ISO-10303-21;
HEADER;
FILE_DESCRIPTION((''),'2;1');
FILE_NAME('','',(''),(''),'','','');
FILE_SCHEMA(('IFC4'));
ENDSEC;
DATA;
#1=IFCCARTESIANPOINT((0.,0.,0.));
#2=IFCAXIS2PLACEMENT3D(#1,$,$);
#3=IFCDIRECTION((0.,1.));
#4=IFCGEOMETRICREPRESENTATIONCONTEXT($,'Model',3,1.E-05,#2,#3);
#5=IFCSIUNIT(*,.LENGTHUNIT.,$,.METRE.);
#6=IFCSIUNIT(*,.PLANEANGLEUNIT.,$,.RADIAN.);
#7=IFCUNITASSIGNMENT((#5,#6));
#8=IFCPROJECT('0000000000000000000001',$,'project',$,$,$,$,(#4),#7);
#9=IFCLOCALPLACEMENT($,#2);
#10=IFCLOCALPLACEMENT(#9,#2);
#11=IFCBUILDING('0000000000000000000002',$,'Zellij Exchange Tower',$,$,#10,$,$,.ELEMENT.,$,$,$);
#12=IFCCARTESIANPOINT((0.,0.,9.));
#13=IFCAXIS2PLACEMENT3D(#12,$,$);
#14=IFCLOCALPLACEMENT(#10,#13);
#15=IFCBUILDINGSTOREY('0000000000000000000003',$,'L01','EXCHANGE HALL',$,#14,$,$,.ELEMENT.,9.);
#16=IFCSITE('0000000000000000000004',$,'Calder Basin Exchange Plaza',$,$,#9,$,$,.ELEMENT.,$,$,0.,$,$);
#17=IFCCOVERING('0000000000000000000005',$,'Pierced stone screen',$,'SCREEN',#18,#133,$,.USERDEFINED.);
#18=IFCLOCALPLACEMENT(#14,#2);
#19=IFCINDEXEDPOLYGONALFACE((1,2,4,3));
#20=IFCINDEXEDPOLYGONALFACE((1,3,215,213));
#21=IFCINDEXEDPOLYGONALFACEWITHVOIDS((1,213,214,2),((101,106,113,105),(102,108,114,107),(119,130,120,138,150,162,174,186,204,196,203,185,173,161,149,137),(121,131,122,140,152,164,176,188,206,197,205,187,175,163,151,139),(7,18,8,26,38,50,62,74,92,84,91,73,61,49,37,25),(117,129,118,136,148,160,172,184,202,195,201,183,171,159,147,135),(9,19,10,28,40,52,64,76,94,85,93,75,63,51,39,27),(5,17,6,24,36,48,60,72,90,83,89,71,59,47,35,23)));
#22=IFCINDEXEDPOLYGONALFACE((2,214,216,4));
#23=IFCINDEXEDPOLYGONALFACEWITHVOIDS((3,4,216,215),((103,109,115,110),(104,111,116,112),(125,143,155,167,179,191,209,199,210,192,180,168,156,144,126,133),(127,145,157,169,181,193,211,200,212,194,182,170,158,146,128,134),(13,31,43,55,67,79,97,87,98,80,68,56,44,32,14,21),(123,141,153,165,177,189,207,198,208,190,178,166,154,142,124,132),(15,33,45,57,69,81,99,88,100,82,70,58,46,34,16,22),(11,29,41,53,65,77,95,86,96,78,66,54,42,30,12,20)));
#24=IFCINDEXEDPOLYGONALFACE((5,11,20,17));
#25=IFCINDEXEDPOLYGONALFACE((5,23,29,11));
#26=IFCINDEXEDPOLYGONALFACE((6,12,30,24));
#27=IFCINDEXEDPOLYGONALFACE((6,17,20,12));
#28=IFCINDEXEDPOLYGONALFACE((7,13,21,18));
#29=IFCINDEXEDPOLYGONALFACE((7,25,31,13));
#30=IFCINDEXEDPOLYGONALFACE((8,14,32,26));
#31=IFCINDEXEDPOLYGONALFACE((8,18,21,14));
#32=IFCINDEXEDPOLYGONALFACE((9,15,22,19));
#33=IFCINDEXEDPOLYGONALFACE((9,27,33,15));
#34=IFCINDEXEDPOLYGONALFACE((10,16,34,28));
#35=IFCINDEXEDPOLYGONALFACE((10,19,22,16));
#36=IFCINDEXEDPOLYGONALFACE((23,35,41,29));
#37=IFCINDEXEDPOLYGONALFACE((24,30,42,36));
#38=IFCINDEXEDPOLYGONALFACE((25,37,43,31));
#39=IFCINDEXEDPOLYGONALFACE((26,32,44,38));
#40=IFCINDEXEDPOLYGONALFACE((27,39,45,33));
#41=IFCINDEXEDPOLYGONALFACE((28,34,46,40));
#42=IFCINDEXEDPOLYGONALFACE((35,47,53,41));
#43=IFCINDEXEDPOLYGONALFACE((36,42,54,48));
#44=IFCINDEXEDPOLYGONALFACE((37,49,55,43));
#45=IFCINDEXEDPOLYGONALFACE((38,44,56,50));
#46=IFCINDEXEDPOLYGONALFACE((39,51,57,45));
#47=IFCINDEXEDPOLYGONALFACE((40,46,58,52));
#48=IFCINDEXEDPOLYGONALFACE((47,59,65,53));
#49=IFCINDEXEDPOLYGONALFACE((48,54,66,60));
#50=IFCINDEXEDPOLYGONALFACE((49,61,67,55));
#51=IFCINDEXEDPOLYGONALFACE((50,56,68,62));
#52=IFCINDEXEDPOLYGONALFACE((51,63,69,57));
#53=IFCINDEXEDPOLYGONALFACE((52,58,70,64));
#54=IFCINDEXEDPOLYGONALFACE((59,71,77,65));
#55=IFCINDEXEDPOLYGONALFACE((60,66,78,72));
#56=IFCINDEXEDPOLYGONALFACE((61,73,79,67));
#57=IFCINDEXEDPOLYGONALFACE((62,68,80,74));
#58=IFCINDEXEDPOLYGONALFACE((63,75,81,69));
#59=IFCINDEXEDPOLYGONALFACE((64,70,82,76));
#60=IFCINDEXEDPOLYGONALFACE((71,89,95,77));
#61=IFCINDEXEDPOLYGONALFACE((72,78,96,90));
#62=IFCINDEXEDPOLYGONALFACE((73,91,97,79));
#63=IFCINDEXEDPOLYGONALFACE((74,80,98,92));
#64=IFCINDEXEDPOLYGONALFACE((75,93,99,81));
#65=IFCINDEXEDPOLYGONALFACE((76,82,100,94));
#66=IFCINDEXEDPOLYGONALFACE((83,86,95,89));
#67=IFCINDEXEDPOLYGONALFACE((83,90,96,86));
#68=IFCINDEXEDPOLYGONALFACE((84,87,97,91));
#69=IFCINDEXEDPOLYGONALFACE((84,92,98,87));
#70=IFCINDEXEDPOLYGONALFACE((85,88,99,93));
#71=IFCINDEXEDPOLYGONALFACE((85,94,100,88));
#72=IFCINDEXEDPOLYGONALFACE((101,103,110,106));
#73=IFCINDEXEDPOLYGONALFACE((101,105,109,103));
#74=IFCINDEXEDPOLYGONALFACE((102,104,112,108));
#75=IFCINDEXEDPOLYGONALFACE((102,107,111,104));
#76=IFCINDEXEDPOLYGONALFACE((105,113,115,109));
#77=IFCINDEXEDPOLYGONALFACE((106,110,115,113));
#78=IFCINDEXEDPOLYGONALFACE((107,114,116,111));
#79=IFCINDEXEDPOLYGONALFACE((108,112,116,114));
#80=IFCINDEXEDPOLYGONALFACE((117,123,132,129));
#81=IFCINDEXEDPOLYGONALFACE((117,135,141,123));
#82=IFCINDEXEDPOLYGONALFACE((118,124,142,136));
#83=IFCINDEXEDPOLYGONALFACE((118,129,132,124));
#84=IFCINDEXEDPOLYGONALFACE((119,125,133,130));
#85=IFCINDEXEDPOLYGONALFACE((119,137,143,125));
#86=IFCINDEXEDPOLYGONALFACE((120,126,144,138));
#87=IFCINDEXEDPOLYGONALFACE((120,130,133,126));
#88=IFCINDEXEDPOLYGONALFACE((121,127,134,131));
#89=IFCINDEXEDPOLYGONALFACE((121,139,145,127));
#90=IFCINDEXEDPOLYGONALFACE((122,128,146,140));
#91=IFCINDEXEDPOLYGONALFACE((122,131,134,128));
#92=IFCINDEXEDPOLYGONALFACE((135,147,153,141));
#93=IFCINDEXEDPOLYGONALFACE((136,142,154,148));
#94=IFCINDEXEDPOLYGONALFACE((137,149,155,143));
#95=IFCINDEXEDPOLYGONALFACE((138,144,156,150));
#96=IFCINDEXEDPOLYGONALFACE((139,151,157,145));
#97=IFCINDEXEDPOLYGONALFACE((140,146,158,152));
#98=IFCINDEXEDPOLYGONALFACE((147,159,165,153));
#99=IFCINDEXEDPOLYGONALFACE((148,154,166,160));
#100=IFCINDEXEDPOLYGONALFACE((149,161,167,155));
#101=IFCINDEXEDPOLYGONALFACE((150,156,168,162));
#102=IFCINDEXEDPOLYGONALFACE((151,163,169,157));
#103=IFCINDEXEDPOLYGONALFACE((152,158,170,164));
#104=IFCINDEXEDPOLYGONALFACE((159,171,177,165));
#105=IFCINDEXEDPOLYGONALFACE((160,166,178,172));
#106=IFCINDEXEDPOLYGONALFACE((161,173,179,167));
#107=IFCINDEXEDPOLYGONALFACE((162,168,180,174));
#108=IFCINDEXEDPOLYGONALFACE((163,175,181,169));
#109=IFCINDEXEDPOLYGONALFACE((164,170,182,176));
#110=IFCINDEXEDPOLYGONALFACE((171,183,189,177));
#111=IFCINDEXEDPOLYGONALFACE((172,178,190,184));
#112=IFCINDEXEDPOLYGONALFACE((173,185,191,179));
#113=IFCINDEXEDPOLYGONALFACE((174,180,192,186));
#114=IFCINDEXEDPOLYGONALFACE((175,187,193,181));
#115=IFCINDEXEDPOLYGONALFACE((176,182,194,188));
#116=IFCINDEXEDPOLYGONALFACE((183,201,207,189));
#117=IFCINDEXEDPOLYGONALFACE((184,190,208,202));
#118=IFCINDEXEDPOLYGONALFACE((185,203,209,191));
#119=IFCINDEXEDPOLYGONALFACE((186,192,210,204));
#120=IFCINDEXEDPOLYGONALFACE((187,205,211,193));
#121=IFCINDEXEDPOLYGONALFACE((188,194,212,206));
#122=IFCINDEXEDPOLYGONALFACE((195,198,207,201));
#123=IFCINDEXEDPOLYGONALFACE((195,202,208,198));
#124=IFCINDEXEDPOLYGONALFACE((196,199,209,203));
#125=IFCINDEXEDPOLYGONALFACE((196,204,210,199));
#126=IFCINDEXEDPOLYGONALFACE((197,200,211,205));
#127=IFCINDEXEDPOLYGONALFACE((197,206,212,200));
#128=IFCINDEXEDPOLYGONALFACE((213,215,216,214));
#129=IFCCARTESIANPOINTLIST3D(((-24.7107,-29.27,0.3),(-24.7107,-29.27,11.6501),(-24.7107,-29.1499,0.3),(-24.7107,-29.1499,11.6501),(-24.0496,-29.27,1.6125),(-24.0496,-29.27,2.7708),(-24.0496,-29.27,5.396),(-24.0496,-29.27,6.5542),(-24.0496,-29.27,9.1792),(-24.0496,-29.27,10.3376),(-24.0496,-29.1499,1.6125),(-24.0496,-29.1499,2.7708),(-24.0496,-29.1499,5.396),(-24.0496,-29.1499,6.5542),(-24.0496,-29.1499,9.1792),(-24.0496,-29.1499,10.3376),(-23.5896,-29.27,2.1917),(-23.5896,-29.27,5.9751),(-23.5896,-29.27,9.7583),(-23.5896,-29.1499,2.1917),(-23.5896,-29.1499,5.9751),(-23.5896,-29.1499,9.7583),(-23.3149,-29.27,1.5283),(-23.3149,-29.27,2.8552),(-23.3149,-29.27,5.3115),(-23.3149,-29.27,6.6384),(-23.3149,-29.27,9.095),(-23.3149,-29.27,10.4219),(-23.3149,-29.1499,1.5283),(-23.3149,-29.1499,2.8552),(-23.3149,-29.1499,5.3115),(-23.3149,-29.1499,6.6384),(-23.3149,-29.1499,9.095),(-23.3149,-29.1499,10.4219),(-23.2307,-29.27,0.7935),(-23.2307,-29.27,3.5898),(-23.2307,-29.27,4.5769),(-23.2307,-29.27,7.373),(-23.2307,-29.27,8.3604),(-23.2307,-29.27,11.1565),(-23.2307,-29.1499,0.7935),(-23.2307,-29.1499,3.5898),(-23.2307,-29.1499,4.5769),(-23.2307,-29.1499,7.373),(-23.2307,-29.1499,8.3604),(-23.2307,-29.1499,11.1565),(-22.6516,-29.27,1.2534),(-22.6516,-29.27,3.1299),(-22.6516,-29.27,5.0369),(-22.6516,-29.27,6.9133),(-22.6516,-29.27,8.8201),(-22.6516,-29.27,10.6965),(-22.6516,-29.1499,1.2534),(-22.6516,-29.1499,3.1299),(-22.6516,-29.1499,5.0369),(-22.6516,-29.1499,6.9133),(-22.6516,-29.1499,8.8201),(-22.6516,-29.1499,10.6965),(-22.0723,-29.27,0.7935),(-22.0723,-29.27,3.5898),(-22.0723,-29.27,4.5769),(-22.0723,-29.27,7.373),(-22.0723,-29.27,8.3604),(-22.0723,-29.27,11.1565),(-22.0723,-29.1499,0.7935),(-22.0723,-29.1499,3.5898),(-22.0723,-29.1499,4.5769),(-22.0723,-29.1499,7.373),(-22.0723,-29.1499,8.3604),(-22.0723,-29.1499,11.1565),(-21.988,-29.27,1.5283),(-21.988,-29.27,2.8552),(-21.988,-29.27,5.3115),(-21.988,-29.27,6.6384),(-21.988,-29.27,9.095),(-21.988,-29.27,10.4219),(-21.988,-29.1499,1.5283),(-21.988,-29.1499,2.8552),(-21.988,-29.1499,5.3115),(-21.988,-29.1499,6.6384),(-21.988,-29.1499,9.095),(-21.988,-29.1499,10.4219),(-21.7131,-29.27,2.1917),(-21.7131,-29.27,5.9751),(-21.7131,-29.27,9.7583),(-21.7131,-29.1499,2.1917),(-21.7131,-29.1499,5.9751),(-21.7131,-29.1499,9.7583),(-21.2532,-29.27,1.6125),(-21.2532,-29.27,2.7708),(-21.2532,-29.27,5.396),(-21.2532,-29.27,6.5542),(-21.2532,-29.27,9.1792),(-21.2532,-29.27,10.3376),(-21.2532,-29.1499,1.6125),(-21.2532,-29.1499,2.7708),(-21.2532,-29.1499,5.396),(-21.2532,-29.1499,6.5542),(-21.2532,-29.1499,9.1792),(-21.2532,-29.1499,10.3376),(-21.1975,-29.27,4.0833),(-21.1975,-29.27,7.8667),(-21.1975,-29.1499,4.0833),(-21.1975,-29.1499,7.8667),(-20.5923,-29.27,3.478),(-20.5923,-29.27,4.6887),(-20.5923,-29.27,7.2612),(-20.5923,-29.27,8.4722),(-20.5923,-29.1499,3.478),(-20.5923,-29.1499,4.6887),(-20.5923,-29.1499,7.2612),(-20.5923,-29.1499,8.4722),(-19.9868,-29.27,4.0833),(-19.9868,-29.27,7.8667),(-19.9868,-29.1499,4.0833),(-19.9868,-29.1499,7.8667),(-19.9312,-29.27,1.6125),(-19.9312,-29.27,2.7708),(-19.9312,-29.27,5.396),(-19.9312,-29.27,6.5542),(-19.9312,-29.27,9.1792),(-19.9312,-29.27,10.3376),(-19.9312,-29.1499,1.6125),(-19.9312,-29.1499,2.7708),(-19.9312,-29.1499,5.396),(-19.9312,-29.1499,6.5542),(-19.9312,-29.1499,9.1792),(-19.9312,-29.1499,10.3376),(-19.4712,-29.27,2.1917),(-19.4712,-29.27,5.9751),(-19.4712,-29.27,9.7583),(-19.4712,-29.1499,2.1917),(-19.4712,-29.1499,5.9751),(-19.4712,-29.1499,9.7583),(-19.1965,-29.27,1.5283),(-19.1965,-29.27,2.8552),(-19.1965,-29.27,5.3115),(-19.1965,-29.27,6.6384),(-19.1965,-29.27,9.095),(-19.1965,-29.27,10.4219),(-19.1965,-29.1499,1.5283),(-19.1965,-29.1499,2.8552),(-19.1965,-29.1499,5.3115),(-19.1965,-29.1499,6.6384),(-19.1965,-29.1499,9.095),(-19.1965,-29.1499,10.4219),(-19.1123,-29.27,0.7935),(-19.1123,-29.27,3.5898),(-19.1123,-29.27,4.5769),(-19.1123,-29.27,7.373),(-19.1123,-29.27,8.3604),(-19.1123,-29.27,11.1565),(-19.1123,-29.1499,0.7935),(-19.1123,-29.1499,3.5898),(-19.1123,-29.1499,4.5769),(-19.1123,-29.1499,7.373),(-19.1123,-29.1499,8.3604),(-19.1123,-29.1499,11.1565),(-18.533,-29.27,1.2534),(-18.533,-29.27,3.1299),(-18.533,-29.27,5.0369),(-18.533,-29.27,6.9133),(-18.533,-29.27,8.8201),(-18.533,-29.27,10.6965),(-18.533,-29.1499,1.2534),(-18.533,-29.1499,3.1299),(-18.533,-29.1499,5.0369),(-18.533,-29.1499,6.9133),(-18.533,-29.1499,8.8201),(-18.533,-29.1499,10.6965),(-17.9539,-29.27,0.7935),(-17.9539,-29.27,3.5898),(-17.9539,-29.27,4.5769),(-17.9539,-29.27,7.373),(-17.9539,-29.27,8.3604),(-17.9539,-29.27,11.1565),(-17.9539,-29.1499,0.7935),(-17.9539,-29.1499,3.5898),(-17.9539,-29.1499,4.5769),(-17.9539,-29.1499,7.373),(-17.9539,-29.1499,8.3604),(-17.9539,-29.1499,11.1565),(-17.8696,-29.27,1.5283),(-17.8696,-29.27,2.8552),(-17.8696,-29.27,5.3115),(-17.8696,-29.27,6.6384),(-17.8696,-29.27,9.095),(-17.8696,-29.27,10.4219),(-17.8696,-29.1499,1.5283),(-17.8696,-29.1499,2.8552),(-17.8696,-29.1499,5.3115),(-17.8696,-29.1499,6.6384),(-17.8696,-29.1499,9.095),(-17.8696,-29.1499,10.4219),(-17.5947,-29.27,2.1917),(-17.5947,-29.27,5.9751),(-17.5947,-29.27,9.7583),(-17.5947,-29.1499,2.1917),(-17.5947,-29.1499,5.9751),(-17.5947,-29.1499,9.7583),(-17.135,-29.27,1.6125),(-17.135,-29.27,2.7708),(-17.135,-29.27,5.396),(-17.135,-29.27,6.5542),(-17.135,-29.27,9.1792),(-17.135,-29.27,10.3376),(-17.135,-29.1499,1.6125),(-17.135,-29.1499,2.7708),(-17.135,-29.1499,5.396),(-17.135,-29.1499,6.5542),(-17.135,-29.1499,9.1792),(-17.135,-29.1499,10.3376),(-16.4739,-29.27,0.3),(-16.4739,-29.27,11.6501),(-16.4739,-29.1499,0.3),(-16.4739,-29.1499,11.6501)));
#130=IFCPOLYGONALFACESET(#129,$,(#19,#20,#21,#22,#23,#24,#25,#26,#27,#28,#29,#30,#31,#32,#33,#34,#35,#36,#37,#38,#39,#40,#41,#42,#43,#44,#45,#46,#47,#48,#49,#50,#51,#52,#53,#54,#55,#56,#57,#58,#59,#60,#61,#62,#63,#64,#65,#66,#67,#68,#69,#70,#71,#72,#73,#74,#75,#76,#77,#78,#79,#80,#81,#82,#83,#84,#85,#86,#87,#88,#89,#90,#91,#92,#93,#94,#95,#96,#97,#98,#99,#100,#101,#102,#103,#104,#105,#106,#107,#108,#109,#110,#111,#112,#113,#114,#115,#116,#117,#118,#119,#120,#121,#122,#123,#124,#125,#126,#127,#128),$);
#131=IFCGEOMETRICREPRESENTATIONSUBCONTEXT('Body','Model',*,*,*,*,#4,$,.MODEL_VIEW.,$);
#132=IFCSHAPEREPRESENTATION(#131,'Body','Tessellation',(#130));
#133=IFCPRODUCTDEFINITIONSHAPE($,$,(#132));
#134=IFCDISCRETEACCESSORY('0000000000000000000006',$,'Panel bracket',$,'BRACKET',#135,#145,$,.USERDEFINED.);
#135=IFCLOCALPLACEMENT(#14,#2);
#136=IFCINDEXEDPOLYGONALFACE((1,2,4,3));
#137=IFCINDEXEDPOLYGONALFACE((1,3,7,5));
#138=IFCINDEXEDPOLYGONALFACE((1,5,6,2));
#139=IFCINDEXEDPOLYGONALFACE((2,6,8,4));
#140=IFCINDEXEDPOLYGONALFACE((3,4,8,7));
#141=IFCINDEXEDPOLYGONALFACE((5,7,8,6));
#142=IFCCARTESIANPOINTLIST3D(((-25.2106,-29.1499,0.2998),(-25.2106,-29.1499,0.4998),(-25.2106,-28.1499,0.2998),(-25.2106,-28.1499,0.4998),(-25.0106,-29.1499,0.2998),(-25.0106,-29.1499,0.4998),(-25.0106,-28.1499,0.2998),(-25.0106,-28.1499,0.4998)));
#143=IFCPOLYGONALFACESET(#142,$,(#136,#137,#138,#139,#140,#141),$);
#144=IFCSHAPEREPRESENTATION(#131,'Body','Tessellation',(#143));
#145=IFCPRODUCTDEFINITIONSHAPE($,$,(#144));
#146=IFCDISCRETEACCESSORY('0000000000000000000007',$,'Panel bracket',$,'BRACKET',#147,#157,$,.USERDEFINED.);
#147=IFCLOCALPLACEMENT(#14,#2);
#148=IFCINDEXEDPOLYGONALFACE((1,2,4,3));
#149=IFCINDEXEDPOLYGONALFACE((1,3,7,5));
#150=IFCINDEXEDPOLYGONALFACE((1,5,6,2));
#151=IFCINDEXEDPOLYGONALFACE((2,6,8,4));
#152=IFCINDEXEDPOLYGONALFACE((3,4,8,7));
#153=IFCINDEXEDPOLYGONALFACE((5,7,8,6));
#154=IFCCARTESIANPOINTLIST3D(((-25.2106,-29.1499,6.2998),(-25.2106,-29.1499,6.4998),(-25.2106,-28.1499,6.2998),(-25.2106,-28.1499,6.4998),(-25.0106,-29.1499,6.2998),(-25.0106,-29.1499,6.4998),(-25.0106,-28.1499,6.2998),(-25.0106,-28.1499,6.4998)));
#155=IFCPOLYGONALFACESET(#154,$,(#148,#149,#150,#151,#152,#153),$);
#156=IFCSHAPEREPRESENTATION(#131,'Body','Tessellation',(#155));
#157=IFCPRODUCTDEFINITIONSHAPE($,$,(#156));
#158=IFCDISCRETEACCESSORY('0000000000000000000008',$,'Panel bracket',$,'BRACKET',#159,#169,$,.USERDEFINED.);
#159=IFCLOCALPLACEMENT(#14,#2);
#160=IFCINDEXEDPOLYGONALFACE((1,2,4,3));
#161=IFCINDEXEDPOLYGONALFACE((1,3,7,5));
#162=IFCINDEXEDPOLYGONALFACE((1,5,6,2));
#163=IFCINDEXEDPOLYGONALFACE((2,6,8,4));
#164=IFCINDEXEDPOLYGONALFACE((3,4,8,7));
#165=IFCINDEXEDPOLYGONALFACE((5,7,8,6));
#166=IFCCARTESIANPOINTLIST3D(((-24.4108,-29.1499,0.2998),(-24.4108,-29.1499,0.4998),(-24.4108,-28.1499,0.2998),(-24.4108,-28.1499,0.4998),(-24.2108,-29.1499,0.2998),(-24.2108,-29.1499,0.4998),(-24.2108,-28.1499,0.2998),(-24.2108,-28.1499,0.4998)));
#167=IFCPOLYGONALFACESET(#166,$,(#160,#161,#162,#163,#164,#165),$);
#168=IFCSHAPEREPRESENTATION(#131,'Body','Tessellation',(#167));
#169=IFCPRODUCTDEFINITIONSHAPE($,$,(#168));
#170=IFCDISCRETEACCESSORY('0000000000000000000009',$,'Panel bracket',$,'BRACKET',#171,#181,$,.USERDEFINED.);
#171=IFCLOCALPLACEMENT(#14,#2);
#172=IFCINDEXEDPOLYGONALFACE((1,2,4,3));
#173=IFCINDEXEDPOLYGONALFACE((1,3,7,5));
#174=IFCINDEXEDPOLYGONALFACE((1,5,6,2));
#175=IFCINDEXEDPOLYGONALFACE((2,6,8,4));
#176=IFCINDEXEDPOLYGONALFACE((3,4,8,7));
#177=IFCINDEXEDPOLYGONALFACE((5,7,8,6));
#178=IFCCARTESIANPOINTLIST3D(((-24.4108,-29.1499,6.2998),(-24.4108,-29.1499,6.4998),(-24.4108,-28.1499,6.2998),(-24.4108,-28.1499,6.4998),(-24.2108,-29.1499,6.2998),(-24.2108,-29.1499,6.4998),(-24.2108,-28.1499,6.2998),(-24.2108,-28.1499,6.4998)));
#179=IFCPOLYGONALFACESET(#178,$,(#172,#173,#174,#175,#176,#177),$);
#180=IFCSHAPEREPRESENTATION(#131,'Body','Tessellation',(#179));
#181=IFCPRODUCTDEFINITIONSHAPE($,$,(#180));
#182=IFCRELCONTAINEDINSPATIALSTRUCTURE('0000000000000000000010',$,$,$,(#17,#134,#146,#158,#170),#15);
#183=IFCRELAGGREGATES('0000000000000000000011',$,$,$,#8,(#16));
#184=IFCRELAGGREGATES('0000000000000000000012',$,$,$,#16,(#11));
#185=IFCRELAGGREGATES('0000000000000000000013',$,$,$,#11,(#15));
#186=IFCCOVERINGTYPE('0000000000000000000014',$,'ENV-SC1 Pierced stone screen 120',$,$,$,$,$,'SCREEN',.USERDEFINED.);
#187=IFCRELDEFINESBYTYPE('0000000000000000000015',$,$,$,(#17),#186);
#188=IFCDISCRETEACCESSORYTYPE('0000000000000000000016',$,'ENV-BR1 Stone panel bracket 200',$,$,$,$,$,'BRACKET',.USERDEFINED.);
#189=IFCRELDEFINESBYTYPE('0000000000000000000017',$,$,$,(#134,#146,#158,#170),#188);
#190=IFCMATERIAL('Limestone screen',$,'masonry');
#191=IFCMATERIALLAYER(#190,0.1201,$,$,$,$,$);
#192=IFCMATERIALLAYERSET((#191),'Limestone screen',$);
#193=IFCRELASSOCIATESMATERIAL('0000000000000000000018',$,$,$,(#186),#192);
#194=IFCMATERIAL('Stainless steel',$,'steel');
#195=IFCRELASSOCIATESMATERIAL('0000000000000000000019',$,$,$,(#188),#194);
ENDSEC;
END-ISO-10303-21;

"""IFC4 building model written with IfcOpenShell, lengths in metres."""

from ifc_helpers import new_model, si_unit, direction, frame, origin, origin_2d, place, context, subcontext, project, spatial, polyline, rectangle, outline, extrude, material, layer, layer_set, type_object, element, save


model = new_model("IFC4")

# Units and contexts
model_context = context("Model", 3, precision=1e-05, world=origin(), true_north=direction((0.0, 1.0)))
body_context = subcontext(model_context, "Body", "Model", "MODEL_VIEW")
ifc_project = project(units=[si_unit("LENGTHUNIT", "METRE"), si_unit("PLANEANGLEUNIT", "RADIAN")], contexts=[model_context])

# Site, building, storey
site_placement = place(None, origin())
site = spatial("IfcSite", under=ifc_project, at=site_placement, Name="Calder Basin Exchange Plaza", CompositionType="ELEMENT", RefElevation=0.0)
building_placement = place(site_placement, origin())
building = spatial("IfcBuilding", under=site, at=building_placement, Name="Zellij Exchange Tower", CompositionType="ELEMENT")
storey_placement = place(building_placement, frame((0.0, 0.0, 9.0)))
storey = spatial("IfcBuildingStorey", under=building, at=storey_placement, Name="L01", Description="EXCHANGE HALL", CompositionType="ELEMENT", Elevation=9.0)

# Covering
ifc_material_1 = material(Name="Limestone screen", Category="masonry")
ifc_layer_1 = layer(ifc_material_1, 0.1201)
ifc_layer_set_1 = layer_set([ifc_layer_1], Name="Limestone screen")
covering_type = type_object("IfcCoveringType", Name="ENV-SC1 Pierced stone screen 120", ElementType="SCREEN", PredefinedType="USERDEFINED", material=ifc_layer_set_1)
covering_placement = place(storey_placement, frame((-24.7107, -29.21, 0.3), z_axis=(0.0, 0.0, 1.0), x_axis=(1.0, 0.0, 0.0)))
element("IfcCovering", 1, at=covering_placement, inside=storey, type_object=covering_type, Name="Pierced stone screen", ObjectType="SCREEN", PredefinedType="USERDEFINED", context=body_context, shape_type="SweptSolid", body=[
    extrude(outline(polyline([(0.0, 0.0), (8.2368, 0.0), (8.2368, 11.3501), (0.0, 11.3501), (0.0, 0.0)]), holes=[polyline([(3.4575, 2.4707), (2.7227, 2.5552), (2.6384, 3.2898), (2.0591, 2.8298), (1.48, 3.2898), (1.3958, 2.5552), (0.6611, 2.4707), (1.1211, 1.8916), (0.6611, 1.3125), (1.3958, 1.2283), (1.48, 0.4934), (2.0591, 0.9534), (2.6384, 0.4934), (2.7227, 1.2283), (3.4575, 1.3125), (2.9976, 1.8916), (3.4575, 2.4707)]), polyline([(3.4575, 6.2542), (2.7227, 6.3384), (2.6384, 7.073), (2.0591, 6.6133), (1.48, 7.073), (1.3958, 6.3384), (0.6611, 6.2542), (1.1211, 5.675), (0.6611, 5.0959), (1.3958, 5.0115), (1.48, 4.2769), (2.0591, 4.7368), (2.6384, 4.2769), (2.7227, 5.0115), (3.4575, 5.0959), (2.9976, 5.675), (3.4575, 6.2542)]), polyline([(3.4575, 10.0376), (2.7227, 10.1218), (2.6384, 10.8564), (2.0591, 10.3965), (1.48, 10.8564), (1.3958, 10.1218), (0.6611, 10.0376), (1.1211, 9.4583), (0.6611, 8.8792), (1.3958, 8.7949), (1.48, 8.0603), (2.0591, 8.52), (2.6384, 8.0603), (2.7227, 8.7949), (3.4575, 8.8792), (2.9976, 9.4583), (3.4575, 10.0376)]), polyline([(7.5757, 2.4707), (6.8411, 2.5552), (6.7568, 3.2898), (6.1777, 2.8298), (5.5984, 3.2898), (5.5142, 2.5552), (4.7795, 2.4707), (5.2395, 1.8916), (4.7795, 1.3125), (5.5142, 1.2283), (5.5984, 0.4934), (6.1777, 0.9534), (6.7568, 0.4934), (6.8411, 1.2283), (7.5757, 1.3125), (7.116, 1.8916), (7.5757, 2.4707)]), polyline([(7.5757, 6.2542), (6.8411, 6.3384), (6.7568, 7.073), (6.1777, 6.6133), (5.5984, 7.073), (5.5142, 6.3384), (4.7795, 6.2542), (5.2395, 5.675), (4.7795, 5.0959), (5.5142, 5.0115), (5.5984, 4.2769), (6.1777, 4.7368), (6.7568, 4.2769), (6.8411, 5.0115), (7.5757, 5.0959), (7.116, 5.675), (7.5757, 6.2542)]), polyline([(7.5757, 10.0376), (6.8411, 10.1218), (6.7568, 10.8564), (6.1777, 10.3965), (5.5984, 10.8564), (5.5142, 10.1218), (4.7795, 10.0376), (5.2395, 9.4583), (4.7795, 8.8792), (5.5142, 8.7949), (5.5984, 8.0603), (6.1777, 8.52), (6.7568, 8.0603), (6.8411, 8.7949), (7.5757, 8.8792), (7.116, 9.4583), (7.5757, 10.0376)]), polyline([(4.7239, 3.7832), (4.1184, 4.3887), (3.5132, 3.7832), (4.1184, 3.178), (4.7239, 3.7832)]), polyline([(4.7239, 7.5667), (4.1184, 8.1721), (3.5132, 7.5667), (4.1184, 6.9612), (4.7239, 7.5667)])]), frame((0.0, 0.0601, 0.0), z_axis=(0.0, -1.0, 0.0), x_axis=(1.0, 0.0, 0.0)), (0.0, 0.0, 1.0), 0.1201),
])

# Discrete accessories
ifc_material_2 = material(Name="Stainless steel", Category="steel")
discrete_accessory_type = type_object("IfcDiscreteAccessoryType", Name="ENV-BR1 Stone panel bracket 200", ElementType="BRACKET", PredefinedType="USERDEFINED", material=ifc_material_2)
for number, where, z_axis, x_axis, name in (
    (2, (-25.1106, -28.6499, 0.2998), (0.0, 0.0, 1.0), (1.0, 0.0, 0.0), "Panel bracket"),
    (3, (-25.1106, -28.6499, 6.2998), (0.0, 0.0, 1.0), (1.0, 0.0, 0.0), "Panel bracket"),
    (4, (-24.3108, -28.6499, 0.2998), (0.0, 0.0, 1.0), (1.0, 0.0, 0.0), "Panel bracket"),
    (5, (-24.3108, -28.6499, 6.2998), (0.0, 0.0, 1.0), (1.0, 0.0, 0.0), "Panel bracket"),
):
    element("IfcDiscreteAccessory", number, at=place(storey_placement, frame(where, z_axis=z_axis, x_axis=x_axis)), inside=storey, type_object=discrete_accessory_type, Name=name, ObjectType="BRACKET", PredefinedType="USERDEFINED", context=body_context, shape_type="SweptSolid", body=[
        extrude(rectangle(XDim=0.2, YDim=1.0, at=origin_2d()), origin(), (0.0, 0.0, 1.0), 0.2),
    ])

save(model, "model.ifc")
